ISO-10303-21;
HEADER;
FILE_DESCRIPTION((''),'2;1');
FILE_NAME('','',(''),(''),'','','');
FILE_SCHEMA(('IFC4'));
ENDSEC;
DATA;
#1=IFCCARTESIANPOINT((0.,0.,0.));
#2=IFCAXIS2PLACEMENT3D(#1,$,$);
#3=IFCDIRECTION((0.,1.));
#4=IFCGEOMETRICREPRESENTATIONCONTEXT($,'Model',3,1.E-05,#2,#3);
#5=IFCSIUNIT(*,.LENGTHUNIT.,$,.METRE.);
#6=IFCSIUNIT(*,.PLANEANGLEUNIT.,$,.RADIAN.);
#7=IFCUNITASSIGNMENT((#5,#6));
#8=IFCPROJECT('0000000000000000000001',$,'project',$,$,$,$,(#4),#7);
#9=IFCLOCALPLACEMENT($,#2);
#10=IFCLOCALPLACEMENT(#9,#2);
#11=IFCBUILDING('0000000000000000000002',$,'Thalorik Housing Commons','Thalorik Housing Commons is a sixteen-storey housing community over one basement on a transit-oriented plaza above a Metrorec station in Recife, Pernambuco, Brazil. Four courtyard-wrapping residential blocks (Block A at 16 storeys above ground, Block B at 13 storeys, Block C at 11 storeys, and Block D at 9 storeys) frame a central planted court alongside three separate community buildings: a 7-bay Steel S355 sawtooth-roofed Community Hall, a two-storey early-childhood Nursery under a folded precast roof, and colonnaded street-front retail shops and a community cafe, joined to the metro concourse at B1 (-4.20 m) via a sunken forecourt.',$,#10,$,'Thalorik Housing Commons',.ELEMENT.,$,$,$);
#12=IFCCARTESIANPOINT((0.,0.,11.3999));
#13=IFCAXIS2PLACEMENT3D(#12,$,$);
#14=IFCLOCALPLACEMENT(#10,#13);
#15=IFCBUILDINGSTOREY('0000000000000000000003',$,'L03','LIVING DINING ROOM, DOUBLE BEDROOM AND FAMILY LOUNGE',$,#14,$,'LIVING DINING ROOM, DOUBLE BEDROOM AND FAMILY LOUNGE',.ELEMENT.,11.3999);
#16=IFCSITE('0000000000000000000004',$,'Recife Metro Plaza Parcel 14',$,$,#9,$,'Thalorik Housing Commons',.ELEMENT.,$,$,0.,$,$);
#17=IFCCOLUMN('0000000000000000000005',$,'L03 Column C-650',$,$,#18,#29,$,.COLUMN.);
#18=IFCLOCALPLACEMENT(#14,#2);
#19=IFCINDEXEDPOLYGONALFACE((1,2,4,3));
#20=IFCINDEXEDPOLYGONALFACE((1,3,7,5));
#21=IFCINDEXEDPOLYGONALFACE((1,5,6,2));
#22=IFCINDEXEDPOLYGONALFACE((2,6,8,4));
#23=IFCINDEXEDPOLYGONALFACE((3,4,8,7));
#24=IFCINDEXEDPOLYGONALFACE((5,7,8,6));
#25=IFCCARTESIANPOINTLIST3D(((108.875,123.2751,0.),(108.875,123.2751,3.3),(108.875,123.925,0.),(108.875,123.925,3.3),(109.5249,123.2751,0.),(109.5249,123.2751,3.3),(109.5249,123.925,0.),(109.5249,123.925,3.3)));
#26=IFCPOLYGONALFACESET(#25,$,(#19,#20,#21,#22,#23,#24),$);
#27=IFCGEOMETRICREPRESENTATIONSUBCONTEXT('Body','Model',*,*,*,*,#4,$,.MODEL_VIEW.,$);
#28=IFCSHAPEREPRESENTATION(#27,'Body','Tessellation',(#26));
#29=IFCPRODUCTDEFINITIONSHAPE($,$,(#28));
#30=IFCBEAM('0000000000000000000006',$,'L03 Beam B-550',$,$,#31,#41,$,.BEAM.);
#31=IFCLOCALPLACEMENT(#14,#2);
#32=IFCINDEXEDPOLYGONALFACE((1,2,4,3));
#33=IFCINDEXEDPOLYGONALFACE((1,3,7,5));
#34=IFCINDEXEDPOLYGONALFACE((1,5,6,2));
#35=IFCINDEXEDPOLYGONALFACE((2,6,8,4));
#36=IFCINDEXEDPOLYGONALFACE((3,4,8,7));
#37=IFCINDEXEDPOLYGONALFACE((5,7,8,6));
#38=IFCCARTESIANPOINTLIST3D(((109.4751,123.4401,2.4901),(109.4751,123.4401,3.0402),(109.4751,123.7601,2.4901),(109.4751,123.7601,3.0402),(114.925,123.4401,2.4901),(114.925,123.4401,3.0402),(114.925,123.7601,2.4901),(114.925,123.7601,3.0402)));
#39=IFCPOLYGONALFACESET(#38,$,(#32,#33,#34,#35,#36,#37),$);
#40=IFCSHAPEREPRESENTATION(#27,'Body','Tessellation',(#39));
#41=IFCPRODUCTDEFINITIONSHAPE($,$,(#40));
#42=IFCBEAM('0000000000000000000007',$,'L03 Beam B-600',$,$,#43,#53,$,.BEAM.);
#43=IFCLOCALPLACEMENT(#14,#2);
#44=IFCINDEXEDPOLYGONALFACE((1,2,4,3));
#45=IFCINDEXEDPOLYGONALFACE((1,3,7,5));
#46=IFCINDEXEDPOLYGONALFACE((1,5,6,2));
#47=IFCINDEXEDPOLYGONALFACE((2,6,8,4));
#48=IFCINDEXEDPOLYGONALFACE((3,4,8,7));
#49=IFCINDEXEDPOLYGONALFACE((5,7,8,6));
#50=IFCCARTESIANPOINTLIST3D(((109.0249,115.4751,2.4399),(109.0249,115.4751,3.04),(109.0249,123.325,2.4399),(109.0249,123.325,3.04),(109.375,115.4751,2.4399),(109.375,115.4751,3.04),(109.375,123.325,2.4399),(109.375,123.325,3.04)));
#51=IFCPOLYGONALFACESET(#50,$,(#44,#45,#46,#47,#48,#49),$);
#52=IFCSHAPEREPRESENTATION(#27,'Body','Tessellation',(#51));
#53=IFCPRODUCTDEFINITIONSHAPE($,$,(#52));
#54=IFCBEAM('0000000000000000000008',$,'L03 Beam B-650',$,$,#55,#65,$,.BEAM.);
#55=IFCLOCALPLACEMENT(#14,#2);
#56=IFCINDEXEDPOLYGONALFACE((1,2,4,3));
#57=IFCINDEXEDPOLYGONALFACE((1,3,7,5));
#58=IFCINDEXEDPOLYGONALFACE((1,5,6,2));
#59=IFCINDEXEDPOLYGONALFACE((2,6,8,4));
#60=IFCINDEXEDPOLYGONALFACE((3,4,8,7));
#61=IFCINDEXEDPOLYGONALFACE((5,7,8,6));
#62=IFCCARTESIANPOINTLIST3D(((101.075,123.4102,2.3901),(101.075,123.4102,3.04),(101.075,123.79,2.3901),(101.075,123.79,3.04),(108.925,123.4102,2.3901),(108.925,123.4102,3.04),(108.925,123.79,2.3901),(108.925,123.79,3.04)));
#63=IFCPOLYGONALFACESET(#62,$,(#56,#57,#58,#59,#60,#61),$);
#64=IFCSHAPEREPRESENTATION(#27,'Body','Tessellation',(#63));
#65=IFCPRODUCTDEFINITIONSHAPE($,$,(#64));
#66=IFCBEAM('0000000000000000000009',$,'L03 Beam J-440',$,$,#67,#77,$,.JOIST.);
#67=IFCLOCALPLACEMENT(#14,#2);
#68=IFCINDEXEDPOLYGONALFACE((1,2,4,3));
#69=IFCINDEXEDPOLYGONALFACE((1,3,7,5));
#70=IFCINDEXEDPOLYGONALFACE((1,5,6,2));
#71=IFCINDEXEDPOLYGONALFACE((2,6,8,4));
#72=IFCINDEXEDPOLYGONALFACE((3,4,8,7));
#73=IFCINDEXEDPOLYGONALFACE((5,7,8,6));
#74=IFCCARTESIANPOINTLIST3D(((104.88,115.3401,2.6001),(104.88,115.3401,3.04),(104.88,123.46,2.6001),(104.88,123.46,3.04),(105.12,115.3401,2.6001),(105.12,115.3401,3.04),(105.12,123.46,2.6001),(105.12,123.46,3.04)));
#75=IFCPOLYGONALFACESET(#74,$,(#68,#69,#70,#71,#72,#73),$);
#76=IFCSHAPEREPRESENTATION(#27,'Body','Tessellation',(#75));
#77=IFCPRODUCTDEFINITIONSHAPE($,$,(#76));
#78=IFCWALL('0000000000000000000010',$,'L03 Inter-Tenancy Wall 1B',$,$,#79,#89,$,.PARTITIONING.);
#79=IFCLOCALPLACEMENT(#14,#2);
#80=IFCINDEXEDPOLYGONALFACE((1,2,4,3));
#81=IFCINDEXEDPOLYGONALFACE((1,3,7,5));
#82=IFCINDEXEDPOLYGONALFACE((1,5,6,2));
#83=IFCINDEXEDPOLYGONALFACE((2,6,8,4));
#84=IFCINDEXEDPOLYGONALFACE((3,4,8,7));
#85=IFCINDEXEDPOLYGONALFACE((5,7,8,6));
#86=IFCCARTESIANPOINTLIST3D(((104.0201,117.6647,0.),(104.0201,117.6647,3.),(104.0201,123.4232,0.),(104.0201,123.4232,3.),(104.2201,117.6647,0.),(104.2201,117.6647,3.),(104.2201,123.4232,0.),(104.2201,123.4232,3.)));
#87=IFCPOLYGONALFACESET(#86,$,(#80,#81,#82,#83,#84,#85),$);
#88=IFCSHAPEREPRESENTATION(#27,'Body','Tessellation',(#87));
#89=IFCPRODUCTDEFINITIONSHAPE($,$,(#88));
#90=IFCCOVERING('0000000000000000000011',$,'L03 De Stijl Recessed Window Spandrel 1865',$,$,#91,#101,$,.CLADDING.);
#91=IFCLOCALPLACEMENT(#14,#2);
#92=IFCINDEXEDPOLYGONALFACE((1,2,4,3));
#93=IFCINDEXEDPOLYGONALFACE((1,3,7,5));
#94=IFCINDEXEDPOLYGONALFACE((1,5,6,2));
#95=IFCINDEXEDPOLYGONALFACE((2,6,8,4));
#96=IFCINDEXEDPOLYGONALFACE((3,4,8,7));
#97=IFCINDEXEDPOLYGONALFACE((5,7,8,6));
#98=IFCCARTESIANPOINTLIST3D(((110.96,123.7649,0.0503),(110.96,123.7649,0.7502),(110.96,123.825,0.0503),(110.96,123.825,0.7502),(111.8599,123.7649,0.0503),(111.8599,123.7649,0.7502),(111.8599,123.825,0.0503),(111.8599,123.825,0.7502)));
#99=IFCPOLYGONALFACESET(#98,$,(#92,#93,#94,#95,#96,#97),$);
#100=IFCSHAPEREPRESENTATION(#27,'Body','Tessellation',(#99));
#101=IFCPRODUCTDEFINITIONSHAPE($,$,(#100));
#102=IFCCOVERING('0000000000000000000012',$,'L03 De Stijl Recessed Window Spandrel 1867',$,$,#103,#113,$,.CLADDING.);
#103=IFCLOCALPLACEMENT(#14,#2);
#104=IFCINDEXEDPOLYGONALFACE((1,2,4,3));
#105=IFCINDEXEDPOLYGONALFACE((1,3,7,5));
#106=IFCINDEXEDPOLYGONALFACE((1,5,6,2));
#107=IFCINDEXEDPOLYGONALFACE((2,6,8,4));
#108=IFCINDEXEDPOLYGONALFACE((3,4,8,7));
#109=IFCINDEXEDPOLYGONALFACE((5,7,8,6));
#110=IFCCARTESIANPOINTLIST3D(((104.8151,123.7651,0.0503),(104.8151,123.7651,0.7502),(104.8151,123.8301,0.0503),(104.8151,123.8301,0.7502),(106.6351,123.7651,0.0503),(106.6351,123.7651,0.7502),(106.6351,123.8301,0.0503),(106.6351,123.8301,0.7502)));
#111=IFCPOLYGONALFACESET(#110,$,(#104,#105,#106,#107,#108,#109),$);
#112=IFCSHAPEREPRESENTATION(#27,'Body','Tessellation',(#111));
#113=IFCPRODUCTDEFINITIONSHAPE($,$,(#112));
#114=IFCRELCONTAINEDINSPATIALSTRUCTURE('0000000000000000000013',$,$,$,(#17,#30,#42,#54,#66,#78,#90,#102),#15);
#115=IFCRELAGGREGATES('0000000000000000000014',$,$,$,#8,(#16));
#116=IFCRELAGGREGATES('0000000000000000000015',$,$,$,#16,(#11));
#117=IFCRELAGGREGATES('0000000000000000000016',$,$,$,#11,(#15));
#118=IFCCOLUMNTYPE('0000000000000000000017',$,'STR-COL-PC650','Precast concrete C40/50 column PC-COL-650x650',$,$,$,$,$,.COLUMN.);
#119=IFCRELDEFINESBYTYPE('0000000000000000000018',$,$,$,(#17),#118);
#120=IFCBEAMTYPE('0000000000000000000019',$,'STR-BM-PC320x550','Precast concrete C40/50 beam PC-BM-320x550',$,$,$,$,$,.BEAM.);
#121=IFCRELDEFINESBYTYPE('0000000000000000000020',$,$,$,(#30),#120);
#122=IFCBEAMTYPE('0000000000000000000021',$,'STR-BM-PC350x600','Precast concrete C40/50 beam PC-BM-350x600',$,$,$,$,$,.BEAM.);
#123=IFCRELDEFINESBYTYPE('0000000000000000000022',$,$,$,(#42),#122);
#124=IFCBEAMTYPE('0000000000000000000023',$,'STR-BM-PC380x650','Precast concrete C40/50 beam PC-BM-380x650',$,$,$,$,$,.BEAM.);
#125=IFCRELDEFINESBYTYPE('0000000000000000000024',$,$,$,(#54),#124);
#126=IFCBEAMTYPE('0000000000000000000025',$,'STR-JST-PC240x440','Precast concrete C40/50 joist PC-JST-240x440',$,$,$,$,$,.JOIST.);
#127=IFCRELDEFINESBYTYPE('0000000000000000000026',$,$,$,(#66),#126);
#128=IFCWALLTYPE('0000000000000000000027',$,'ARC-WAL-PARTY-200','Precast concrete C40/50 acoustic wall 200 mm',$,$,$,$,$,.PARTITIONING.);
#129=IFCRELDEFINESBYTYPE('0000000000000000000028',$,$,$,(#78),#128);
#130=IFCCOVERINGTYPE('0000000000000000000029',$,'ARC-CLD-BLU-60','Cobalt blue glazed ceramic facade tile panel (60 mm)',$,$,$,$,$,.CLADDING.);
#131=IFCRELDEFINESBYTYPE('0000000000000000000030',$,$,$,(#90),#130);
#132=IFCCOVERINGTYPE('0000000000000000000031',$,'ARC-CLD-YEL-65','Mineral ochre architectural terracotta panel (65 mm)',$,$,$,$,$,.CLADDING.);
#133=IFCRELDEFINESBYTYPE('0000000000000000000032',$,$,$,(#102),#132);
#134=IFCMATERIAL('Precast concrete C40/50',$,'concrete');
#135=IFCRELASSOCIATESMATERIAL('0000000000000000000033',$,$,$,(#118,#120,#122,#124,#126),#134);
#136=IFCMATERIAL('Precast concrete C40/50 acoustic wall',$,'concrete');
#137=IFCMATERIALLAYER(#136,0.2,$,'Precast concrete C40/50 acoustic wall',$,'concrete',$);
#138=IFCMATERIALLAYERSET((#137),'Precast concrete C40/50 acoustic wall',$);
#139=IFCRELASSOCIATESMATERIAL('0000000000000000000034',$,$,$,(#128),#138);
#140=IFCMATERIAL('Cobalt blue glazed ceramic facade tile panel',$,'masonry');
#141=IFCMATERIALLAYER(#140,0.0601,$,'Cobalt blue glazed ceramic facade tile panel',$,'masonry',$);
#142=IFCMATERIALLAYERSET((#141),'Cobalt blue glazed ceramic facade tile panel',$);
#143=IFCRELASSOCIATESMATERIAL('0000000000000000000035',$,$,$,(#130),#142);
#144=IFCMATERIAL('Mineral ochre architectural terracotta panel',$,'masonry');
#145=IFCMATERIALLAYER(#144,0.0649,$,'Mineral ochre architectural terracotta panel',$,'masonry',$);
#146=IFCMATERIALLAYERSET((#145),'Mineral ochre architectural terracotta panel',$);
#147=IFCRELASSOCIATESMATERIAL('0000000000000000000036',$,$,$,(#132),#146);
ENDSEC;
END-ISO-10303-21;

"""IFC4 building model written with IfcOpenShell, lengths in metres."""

from ifc_helpers import new_model, si_unit, direction, frame, frame_2d, origin, origin_2d, place, context, subcontext, project, spatial, rectangle, extrude, material, layer, layer_set, material_profile, profile_set, type_object, element, save


model = new_model("IFC4")

# Units and contexts
model_context = context("Model", 3, precision=1e-05, world=origin(), true_north=direction((0.0, 1.0)))
body_context = subcontext(model_context, "Body", "Model", "MODEL_VIEW")
ifc_project = project(units=[si_unit("LENGTHUNIT", "METRE"), si_unit("PLANEANGLEUNIT", "RADIAN")], contexts=[model_context])

# Site, building, storey
site_placement = place(None, origin())
site = spatial("IfcSite", under=ifc_project, at=site_placement, Name="Recife Metro Plaza Parcel 14", LongName="Thalorik Housing Commons", CompositionType="ELEMENT", RefElevation=0.0)
building_placement = place(site_placement, origin())
building = spatial("IfcBuilding", under=site, at=building_placement, Name="Thalorik Housing Commons", Description="Thalorik Housing Commons is a sixteen-storey housing community over one basement on a transit-oriented plaza above a Metrorec station in Recife, Pernambuco, Brazil. Four courtyard-wrapping residential blocks (Block A at 16 storeys above ground, Block B at 13 storeys, Block C at 11 storeys, and Block D at 9 storeys) frame a central planted court alongside three separate community buildings: a 7-bay Steel S355 sawtooth-roofed Community Hall, a two-storey early-childhood Nursery under a folded precast roof, and colonnaded street-front retail shops and a community cafe, joined to the metro concourse at B1 (-4.20 m) via a sunken forecourt.", LongName="Thalorik Housing Commons", CompositionType="ELEMENT")
storey_placement = place(building_placement, frame((0.0, 0.0, 11.3999)))
storey = spatial("IfcBuildingStorey", under=building, at=storey_placement, Name="L03", Description="LIVING DINING ROOM, DOUBLE BEDROOM AND FAMILY LOUNGE", LongName="LIVING DINING ROOM, DOUBLE BEDROOM AND FAMILY LOUNGE", CompositionType="ELEMENT", Elevation=11.3999)

# Column
ifc_material_1 = material(Name="Precast concrete C40/50", Category="concrete")
ifc_material_profile_1 = material_profile(ifc_material_1, rectangle(XDim=0.6499, YDim=0.6499, at=origin_2d()), Name="PC 650x650", Category="concrete")
ifc_profile_set_1 = profile_set([ifc_material_profile_1], Name="Precast concrete C40/50")
column_type = type_object("IfcColumnType", Name="STR-COL-PC650", Description="Precast concrete C40/50 column PC-COL-650x650", PredefinedType="COLUMN", material=ifc_profile_set_1)
column_placement = place(storey_placement, frame((109.2, 123.6001, 0.0), z_axis=(0.0, 0.0, 1.0), x_axis=(1.0, 0.0, 0.0)))
element("IfcColumn", 1, at=column_placement, inside=storey, type_object=column_type, Name="L03 Column C-650", PredefinedType="COLUMN", context=body_context, shape_type="SweptSolid", body=[
    extrude(rectangle(XDim=0.6499, YDim=0.6499, at=origin_2d()), origin(), (0.0, 0.0, 1.0), 3.3),
])

# Beams
ifc_material_profile_2 = material_profile(ifc_material_1, rectangle(XDim=0.3201, YDim=0.55, at=origin_2d()), Name="PC 320x550", Category="concrete")
ifc_profile_set_2 = profile_set([ifc_material_profile_2], Name="Precast concrete C40/50")
beam_type_1 = type_object("IfcBeamType", Name="STR-BM-PC320x550", Description="Precast concrete C40/50 beam PC-BM-320x550", PredefinedType="BEAM", material=ifc_profile_set_2)
beam_1_placement = place(storey_placement, frame((109.4751, 123.6001, 2.7651), z_axis=(1.0, 0.0, 0.0), x_axis=(0.0, 1.0, 0.0)))
element("IfcBeam", 2, at=beam_1_placement, inside=storey, type_object=beam_type_1, Name="L03 Beam B-550", PredefinedType="BEAM", context=body_context, shape_type="SweptSolid", body=[
    extrude(rectangle(XDim=0.3201, YDim=0.55, at=origin_2d()), origin(), (0.0, 0.0, 1.0), 5.45),
])
ifc_material_profile_3 = material_profile(ifc_material_1, rectangle(XDim=0.3501, YDim=0.6001, at=origin_2d()), Name="PC 350x600", Category="concrete")
ifc_profile_set_3 = profile_set([ifc_material_profile_3], Name="Precast concrete C40/50")
beam_type_2 = type_object("IfcBeamType", Name="STR-BM-PC350x600", Description="Precast concrete C40/50 beam PC-BM-350x600", PredefinedType="BEAM", material=ifc_profile_set_3)
beam_2_placement = place(storey_placement, frame((109.2, 115.4751, 2.74), z_axis=(0.0, 1.0, 0.0), x_axis=(-1.0, 0.0, 0.0)))
element("IfcBeam", 3, at=beam_2_placement, inside=storey, type_object=beam_type_2, Name="L03 Beam B-600", PredefinedType="BEAM", context=body_context, shape_type="SweptSolid", body=[
    extrude(rectangle(XDim=0.3501, YDim=0.6001, at=origin_2d()), origin(), (0.0, 0.0, 1.0), 7.8499),
])
ifc_material_profile_4 = material_profile(ifc_material_1, rectangle(XDim=0.3799, YDim=0.6499, at=origin_2d()), Name="PC 380x650", Category="concrete")
ifc_profile_set_4 = profile_set([ifc_material_profile_4], Name="Precast concrete C40/50")
beam_type_3 = type_object("IfcBeamType", Name="STR-BM-PC380x650", Description="Precast concrete C40/50 beam PC-BM-380x650", PredefinedType="BEAM", material=ifc_profile_set_4)
beam_3_placement = place(storey_placement, frame((101.075, 123.6001, 2.7151), z_axis=(1.0, 0.0, 0.0), x_axis=(0.0, 1.0, 0.0)))
element("IfcBeam", 4, at=beam_3_placement, inside=storey, type_object=beam_type_3, Name="L03 Beam B-650", PredefinedType="BEAM", context=body_context, shape_type="SweptSolid", body=[
    extrude(rectangle(XDim=0.3799, YDim=0.6499, at=origin_2d()), origin(), (0.0, 0.0, 1.0), 7.8501),
])
ifc_material_profile_5 = material_profile(ifc_material_1, rectangle(XDim=0.24, YDim=0.4399, at=origin_2d()), Name="PC JST 240x440", Category="concrete")
ifc_profile_set_5 = profile_set([ifc_material_profile_5], Name="Precast concrete C40/50")
beam_type_4 = type_object("IfcBeamType", Name="STR-JST-PC240x440", Description="Precast concrete C40/50 joist PC-JST-240x440", PredefinedType="JOIST", material=ifc_profile_set_5)
beam_4_placement = place(storey_placement, frame((105.0, 115.3401, 2.8201), z_axis=(0.0, 1.0, 0.0), x_axis=(-1.0, 0.0, 0.0)))
element("IfcBeam", 5, at=beam_4_placement, inside=storey, type_object=beam_type_4, Name="L03 Beam J-440", PredefinedType="JOIST", context=body_context, shape_type="SweptSolid", body=[
    extrude(rectangle(XDim=0.24, YDim=0.4399, at=origin_2d()), origin(), (0.0, 0.0, 1.0), 8.1199),
])

# Wall
ifc_material_2 = material(Name="Precast concrete C40/50 acoustic wall", Category="concrete")
ifc_layer_1 = layer(ifc_material_2, 0.2, Name="Precast concrete C40/50 acoustic wall", Category="concrete")
ifc_layer_set_1 = layer_set([ifc_layer_1], Name="Precast concrete C40/50 acoustic wall")
wall_type_1 = type_object("IfcWallType", Name="ARC-WAL-PARTY-200", Description="Precast concrete C40/50 acoustic wall 200 mm", PredefinedType="PARTITIONING", material=ifc_layer_set_1)
wall_1_placement = place(storey_placement, frame((104.1201, 117.6646, 0.0), z_axis=(0.0, 0.0, 1.0), x_axis=(0.0, 1.0, 0.0)))
element("IfcWall", 6, at=wall_1_placement, inside=storey, type_object=wall_type_1, Name="L03 Inter-Tenancy Wall 1B", PredefinedType="PARTITIONING", context=body_context, shape_type="SweptSolid", body=[
    extrude(rectangle(XDim=5.7585, YDim=0.2, at=frame_2d((2.8794, 0.0))), origin(), (0.0, 0.0, 1.0), 3.0),
])

# Coverings
ifc_material_3 = material(Name="Cobalt blue glazed ceramic facade tile panel", Category="masonry")
ifc_layer_2 = layer(ifc_material_3, 0.0601, Name="Cobalt blue glazed ceramic facade tile panel", Category="masonry")
ifc_layer_set_2 = layer_set([ifc_layer_2], Name="Cobalt blue glazed ceramic facade tile panel")
covering_type_1 = type_object("IfcCoveringType", Name="ARC-CLD-BLU-60", Description="Cobalt blue glazed ceramic facade tile panel (60 mm)", PredefinedType="CLADDING", material=ifc_layer_set_2)
covering_1_placement = place(storey_placement, frame((111.4099, 123.7949, 0.0503), z_axis=(0.0, 0.0, 1.0), x_axis=(-1.0, 0.0, 0.0)))
element("IfcCovering", 7, at=covering_1_placement, inside=storey, type_object=covering_type_1, Name="L03 De Stijl Recessed Window Spandrel 1865", PredefinedType="CLADDING", context=body_context, shape_type="SweptSolid", body=[
    extrude(rectangle(XDim=0.8999, YDim=0.0601, at=origin_2d()), origin(), (0.0, 0.0, 1.0), 0.7),
])
ifc_material_4 = material(Name="Mineral ochre architectural terracotta panel", Category="masonry")
ifc_layer_3 = layer(ifc_material_4, 0.0649, Name="Mineral ochre architectural terracotta panel", Category="masonry")
ifc_layer_set_3 = layer_set([ifc_layer_3], Name="Mineral ochre architectural terracotta panel")
covering_type_2 = type_object("IfcCoveringType", Name="ARC-CLD-YEL-65", Description="Mineral ochre architectural terracotta panel (65 mm)", PredefinedType="CLADDING", material=ifc_layer_set_3)
covering_2_placement = place(storey_placement, frame((105.7251, 123.7976, 0.0503), z_axis=(0.0, 0.0, 1.0), x_axis=(-1.0, 0.0, 0.0)))
element("IfcCovering", 8, at=covering_2_placement, inside=storey, type_object=covering_type_2, Name="L03 De Stijl Recessed Window Spandrel 1867", PredefinedType="CLADDING", context=body_context, shape_type="SweptSolid", body=[
    extrude(rectangle(XDim=1.8201, YDim=0.0649, at=origin_2d()), origin(), (0.0, 0.0, 1.0), 0.7),
])

save(model, "model.ifc")
